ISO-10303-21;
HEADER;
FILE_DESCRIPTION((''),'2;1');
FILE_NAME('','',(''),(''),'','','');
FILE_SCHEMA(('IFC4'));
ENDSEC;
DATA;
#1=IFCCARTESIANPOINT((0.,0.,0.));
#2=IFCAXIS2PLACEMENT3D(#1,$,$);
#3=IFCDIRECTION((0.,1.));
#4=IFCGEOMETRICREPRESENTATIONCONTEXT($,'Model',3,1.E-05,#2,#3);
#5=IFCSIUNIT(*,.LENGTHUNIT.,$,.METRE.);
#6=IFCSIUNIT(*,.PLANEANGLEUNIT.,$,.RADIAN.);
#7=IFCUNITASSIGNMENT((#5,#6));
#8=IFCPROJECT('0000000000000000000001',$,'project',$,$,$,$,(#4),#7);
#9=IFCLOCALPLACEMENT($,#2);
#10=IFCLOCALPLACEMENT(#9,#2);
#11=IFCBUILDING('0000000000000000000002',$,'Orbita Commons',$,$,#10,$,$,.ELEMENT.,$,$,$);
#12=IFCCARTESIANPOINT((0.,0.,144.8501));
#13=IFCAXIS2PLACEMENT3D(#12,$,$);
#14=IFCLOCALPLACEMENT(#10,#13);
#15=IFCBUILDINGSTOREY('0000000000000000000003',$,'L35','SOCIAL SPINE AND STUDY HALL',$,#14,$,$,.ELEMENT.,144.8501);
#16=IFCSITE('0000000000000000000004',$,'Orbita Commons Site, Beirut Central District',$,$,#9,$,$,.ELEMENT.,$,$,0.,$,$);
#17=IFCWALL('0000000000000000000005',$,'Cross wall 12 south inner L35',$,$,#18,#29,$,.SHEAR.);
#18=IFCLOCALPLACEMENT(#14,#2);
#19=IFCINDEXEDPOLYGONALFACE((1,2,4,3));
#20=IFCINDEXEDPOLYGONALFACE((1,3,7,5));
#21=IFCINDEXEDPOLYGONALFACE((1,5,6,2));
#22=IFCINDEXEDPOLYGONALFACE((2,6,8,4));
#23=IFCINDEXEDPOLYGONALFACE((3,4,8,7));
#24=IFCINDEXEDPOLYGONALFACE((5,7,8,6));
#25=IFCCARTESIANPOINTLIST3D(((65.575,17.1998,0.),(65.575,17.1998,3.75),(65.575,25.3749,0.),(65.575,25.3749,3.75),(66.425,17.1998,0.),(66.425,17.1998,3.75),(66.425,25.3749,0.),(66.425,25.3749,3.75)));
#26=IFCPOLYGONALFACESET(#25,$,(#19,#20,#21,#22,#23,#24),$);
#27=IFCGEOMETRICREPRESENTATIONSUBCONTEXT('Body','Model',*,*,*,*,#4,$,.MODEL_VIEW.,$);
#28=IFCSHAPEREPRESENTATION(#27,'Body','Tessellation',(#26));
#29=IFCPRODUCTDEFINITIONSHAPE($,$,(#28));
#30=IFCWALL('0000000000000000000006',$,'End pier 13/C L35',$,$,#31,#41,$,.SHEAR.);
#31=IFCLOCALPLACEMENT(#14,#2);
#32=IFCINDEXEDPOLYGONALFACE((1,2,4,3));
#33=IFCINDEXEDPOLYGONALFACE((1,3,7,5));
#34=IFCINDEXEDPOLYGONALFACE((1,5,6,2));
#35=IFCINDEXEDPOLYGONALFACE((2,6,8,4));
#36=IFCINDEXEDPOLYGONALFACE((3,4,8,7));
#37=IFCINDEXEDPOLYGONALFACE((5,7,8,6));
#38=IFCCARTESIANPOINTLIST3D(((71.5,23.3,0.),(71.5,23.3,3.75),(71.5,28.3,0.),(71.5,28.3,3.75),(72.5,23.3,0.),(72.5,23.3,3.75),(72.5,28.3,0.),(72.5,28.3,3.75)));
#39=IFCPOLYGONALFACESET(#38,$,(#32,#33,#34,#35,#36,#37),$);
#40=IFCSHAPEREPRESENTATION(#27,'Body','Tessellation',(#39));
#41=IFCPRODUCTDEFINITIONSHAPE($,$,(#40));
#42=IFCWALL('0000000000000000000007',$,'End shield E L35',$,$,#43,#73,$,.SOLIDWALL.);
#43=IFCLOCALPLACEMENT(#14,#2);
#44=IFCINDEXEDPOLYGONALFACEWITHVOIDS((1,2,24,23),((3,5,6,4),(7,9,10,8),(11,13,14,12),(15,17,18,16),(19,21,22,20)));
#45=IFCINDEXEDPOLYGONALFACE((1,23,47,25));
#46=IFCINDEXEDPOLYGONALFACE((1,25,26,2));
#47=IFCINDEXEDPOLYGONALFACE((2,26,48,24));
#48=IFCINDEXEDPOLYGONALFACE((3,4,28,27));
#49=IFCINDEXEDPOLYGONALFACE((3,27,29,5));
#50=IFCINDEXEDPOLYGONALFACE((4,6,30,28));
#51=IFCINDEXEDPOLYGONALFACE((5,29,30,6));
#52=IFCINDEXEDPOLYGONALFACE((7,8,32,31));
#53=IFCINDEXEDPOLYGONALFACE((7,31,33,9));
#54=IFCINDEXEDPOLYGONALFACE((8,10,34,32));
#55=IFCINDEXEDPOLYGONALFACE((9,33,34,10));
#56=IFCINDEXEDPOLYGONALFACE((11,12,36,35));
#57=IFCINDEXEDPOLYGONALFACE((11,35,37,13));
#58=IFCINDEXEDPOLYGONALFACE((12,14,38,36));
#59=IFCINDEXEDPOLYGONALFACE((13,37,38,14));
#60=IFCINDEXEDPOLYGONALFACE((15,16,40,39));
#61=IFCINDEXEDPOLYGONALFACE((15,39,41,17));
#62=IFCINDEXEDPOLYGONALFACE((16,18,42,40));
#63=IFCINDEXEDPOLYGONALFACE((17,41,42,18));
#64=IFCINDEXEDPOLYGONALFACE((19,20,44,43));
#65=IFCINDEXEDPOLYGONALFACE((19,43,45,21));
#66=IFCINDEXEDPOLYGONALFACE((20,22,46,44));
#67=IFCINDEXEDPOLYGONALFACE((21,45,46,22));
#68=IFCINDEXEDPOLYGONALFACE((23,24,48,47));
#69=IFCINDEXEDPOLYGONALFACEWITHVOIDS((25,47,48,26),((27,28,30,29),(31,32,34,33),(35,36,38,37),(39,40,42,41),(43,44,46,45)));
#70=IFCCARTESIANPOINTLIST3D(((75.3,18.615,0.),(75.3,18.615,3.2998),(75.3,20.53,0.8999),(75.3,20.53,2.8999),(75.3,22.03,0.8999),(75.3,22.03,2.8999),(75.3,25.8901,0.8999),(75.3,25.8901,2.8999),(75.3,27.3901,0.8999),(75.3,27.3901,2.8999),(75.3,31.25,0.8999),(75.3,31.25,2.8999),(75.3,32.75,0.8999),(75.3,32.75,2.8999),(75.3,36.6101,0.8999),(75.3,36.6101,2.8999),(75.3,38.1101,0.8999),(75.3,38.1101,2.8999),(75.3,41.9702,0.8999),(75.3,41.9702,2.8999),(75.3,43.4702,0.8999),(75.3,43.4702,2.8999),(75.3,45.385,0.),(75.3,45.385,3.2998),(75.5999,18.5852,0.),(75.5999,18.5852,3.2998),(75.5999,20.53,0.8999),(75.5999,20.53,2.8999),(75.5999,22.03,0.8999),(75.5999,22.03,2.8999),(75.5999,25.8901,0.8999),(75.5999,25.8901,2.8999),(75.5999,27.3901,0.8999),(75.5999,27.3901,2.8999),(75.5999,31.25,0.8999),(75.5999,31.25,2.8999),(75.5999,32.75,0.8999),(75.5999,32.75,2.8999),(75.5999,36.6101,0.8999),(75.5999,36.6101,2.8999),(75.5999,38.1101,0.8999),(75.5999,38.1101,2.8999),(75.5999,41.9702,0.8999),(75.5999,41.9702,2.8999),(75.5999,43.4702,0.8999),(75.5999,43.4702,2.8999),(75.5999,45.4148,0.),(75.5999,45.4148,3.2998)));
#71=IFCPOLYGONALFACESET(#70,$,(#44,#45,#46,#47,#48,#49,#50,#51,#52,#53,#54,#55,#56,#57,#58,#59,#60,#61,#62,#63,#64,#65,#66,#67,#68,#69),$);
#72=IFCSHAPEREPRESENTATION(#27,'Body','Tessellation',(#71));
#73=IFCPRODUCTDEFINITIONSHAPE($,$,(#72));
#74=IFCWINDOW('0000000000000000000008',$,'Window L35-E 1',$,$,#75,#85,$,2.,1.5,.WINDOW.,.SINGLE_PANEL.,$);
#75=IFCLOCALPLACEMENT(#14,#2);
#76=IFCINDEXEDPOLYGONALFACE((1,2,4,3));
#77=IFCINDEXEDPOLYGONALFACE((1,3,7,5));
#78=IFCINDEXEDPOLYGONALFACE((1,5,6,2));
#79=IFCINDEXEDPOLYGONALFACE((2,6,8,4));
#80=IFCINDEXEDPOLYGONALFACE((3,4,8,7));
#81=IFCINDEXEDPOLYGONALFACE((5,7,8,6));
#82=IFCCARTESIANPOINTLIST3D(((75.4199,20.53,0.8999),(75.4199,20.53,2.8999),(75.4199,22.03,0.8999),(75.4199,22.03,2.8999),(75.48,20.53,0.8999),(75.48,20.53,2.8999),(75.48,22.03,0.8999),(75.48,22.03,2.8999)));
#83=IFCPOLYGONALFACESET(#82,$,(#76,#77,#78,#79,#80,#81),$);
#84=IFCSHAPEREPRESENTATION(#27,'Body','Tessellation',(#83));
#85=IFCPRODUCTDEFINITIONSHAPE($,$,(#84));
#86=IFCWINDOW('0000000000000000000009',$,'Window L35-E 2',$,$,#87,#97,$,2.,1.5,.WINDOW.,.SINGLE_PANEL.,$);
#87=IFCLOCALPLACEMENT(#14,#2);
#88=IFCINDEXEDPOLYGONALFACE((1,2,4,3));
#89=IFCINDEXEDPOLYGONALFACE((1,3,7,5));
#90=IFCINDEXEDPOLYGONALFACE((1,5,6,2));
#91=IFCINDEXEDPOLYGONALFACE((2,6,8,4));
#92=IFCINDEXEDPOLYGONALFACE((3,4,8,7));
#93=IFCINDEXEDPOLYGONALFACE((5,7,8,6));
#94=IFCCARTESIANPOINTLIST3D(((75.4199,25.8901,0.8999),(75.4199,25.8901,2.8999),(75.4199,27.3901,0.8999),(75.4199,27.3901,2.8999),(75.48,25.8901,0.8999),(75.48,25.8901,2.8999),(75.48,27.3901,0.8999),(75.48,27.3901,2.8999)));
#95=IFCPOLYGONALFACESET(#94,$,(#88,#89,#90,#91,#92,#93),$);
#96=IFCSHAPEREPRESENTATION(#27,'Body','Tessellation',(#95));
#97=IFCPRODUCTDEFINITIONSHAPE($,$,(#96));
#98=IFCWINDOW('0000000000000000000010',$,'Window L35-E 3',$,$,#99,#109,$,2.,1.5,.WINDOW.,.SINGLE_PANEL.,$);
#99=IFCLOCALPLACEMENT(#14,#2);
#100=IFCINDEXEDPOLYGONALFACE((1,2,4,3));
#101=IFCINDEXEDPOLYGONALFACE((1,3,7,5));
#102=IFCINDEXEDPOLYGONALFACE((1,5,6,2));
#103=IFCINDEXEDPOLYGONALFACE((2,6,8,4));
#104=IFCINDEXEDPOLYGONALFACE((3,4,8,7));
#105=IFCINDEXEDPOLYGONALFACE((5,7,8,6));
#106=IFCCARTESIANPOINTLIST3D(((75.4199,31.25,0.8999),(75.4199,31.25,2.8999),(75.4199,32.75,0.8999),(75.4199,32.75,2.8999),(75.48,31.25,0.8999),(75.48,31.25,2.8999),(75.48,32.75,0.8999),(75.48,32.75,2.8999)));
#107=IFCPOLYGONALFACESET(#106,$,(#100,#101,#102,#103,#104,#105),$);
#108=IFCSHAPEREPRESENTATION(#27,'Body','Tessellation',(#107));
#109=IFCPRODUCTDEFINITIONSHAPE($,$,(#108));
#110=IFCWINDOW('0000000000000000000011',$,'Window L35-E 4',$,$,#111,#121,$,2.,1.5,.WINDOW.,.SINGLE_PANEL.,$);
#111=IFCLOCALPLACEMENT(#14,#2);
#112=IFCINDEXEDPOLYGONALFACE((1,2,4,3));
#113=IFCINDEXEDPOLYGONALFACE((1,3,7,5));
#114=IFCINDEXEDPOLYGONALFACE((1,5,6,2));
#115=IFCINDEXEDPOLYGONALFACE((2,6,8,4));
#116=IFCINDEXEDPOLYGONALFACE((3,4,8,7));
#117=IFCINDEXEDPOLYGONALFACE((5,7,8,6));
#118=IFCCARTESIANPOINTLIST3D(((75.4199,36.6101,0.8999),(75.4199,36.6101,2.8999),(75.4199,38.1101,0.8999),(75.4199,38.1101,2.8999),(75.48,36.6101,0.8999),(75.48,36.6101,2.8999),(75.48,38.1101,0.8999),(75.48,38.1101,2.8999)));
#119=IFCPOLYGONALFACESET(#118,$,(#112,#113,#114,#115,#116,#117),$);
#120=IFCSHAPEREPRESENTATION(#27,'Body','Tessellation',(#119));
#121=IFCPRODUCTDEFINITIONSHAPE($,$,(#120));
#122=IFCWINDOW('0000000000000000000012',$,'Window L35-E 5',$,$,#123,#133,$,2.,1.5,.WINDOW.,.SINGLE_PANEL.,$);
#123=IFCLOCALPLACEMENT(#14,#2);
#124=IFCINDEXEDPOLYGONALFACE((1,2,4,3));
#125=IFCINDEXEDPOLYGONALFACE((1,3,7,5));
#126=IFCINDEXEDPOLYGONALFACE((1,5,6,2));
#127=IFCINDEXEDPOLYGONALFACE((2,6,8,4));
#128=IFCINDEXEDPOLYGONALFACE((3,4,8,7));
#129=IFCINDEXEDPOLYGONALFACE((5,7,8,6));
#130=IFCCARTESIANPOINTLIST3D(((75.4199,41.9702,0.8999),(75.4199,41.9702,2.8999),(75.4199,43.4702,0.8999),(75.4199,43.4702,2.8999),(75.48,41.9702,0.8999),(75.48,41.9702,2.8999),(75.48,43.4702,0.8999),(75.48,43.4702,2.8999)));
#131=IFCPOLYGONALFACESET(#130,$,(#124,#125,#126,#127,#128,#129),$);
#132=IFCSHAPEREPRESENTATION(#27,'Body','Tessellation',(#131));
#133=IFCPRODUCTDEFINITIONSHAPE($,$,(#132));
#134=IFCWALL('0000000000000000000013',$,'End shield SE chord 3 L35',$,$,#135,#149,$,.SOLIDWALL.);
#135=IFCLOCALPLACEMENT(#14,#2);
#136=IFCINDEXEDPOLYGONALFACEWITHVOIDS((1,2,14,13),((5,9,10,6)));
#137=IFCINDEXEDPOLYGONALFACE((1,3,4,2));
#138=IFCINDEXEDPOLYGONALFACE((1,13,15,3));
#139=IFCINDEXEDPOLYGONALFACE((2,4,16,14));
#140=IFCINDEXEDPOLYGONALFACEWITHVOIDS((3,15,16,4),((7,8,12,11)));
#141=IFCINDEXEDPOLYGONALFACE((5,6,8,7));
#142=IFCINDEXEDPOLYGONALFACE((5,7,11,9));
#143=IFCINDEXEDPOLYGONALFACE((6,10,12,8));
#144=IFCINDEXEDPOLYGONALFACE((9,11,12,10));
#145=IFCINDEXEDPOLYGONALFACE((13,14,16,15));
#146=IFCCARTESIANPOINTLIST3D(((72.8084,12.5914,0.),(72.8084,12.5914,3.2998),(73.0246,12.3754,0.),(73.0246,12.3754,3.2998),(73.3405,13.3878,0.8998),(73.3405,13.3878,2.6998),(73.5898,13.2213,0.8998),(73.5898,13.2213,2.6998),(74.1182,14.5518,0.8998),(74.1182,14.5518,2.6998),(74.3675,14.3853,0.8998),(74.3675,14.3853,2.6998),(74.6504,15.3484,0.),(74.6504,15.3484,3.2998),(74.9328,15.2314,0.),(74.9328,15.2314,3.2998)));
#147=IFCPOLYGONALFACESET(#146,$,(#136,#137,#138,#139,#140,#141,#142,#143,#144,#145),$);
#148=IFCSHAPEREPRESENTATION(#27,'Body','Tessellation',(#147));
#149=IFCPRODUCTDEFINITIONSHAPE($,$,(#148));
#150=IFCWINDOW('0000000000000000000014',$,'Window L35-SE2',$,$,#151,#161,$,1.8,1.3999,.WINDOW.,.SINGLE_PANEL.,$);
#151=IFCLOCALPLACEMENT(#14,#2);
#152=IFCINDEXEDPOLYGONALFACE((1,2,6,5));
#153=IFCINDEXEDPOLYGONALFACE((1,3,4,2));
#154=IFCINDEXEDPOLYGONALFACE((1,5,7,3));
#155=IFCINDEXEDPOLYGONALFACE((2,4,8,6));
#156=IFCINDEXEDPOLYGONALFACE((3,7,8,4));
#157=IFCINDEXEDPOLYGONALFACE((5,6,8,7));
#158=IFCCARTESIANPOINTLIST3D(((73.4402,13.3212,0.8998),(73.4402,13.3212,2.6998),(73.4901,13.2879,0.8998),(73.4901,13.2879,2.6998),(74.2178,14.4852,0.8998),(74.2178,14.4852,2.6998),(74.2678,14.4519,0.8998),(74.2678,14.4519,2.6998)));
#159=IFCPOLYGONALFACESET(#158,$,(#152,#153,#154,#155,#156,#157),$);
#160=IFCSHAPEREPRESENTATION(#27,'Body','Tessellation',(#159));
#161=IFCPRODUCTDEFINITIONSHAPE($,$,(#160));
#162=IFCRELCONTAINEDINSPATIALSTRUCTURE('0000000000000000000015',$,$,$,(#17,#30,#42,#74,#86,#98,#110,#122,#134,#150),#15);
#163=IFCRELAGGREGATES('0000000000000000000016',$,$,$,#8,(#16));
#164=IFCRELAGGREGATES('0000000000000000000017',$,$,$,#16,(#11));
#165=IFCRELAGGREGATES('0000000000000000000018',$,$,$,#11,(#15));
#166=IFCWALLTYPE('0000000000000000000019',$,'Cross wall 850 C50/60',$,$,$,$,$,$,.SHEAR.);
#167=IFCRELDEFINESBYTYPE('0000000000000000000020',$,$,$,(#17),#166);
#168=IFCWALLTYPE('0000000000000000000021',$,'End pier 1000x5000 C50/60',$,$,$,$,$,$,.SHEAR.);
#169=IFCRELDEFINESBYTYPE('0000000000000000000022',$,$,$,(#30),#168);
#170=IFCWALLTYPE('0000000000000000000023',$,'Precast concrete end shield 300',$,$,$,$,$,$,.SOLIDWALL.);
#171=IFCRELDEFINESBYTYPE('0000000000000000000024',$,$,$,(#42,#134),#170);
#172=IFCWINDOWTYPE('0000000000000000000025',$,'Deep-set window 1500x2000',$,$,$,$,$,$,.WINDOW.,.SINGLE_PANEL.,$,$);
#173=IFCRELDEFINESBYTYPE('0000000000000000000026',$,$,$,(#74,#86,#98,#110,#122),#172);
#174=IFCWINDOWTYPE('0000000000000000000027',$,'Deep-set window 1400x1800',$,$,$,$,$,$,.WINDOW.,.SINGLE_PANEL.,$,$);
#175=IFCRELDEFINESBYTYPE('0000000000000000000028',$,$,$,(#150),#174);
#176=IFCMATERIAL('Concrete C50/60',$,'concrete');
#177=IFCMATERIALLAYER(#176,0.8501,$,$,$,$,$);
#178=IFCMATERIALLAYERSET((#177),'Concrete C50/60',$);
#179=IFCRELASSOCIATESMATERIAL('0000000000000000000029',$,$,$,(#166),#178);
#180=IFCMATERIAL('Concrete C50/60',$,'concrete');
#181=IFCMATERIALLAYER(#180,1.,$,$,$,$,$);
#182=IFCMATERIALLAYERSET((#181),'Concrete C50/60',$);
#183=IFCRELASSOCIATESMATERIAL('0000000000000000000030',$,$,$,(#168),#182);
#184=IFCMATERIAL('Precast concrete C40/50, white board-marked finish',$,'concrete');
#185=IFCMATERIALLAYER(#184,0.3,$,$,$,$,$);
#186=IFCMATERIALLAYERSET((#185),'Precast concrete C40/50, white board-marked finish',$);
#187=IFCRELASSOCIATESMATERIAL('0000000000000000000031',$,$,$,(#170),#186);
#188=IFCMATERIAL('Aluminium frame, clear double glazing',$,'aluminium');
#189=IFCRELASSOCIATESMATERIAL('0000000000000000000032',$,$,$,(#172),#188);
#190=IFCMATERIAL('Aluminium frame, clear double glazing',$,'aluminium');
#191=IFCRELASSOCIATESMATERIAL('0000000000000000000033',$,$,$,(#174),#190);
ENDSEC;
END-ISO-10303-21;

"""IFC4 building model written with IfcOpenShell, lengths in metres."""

from ifc_helpers import new_model, si_unit, direction, frame, frame_2d, origin, place, context, subcontext, project, spatial, polyline, rectangle, outline, extrude, material, layer, layer_set, type_object, element, fill, save


model = new_model("IFC4")

# Units and contexts
model_context = context("Model", 3, precision=1e-05, world=origin(), true_north=direction((0.0, 1.0)))
body_context = subcontext(model_context, "Body", "Model", "MODEL_VIEW")
ifc_project = project(units=[si_unit("LENGTHUNIT", "METRE"), si_unit("PLANEANGLEUNIT", "RADIAN")], contexts=[model_context])

# Site, building, storey
site_placement = place(None, origin())
site = spatial("IfcSite", under=ifc_project, at=site_placement, Name="Orbita Commons Site, Beirut Central District", CompositionType="ELEMENT", RefElevation=0.0)
building_placement = place(site_placement, origin())
building = spatial("IfcBuilding", under=site, at=building_placement, Name="Orbita Commons", CompositionType="ELEMENT")
storey_placement = place(building_placement, frame((0.0, 0.0, 144.8501)))
storey = spatial("IfcBuildingStorey", under=building, at=storey_placement, Name="L35", Description="SOCIAL SPINE AND STUDY HALL", CompositionType="ELEMENT", Elevation=144.8501)

# Walls
ifc_material_1 = material(Name="Concrete C50/60", Category="concrete")
ifc_layer_1 = layer(ifc_material_1, 0.8501)
ifc_layer_set_1 = layer_set([ifc_layer_1], Name="Concrete C50/60")
wall_type_1 = type_object("IfcWallType", Name="Cross wall 850 C50/60", PredefinedType="SHEAR", material=ifc_layer_set_1)
wall_1_placement = place(storey_placement, frame((66.0, 17.2, 0.0), z_axis=(0.0, 0.0, 1.0), x_axis=(0.0, 1.0, 0.0)))
element("IfcWall", 1, at=wall_1_placement, inside=storey, type_object=wall_type_1, Name="Cross wall 12 south inner L35", PredefinedType="SHEAR", context=body_context, shape_type="SweptSolid", body=[
    extrude(rectangle(XDim=8.175, YDim=0.8501, at=frame_2d((4.0874, 0.0))), origin(), (0.0, 0.0, 1.0), 3.75),
])
ifc_material_2 = material(Name="Concrete C50/60", Category="concrete")
ifc_layer_2 = layer(ifc_material_2, 1.0)
ifc_layer_set_2 = layer_set([ifc_layer_2], Name="Concrete C50/60")
wall_type_2 = type_object("IfcWallType", Name="End pier 1000x5000 C50/60", PredefinedType="SHEAR", material=ifc_layer_set_2)
wall_2_placement = place(storey_placement, frame((72.0, 23.3, 0.0), z_axis=(0.0, 0.0, 1.0), x_axis=(0.0, 1.0, 0.0)))
element("IfcWall", 2, at=wall_2_placement, inside=storey, type_object=wall_type_2, Name="End pier 13/C L35", PredefinedType="SHEAR", context=body_context, shape_type="SweptSolid", body=[
    extrude(rectangle(XDim=5.0, YDim=1.0, at=frame_2d((2.5, 0.0))), origin(), (0.0, 0.0, 1.0), 3.75),
])

# Wall, openings, windows
ifc_material_3 = material(Name="Precast concrete C40/50, white board-marked finish", Category="concrete")
ifc_layer_3 = layer(ifc_material_3, 0.3)
ifc_layer_set_3 = layer_set([ifc_layer_3], Name="Precast concrete C40/50, white board-marked finish")
wall_type_3 = type_object("IfcWallType", Name="Precast concrete end shield 300", PredefinedType="SOLIDWALL", material=ifc_layer_set_3)
wall_3_placement = place(storey_placement, frame((75.45, 18.6001, 0.0), z_axis=(0.0, 0.0, 1.0), x_axis=(0.0, 1.0, 0.0)))
wall_3 = element("IfcWall", 3, at=wall_3_placement, inside=storey, type_object=wall_type_3, Name="End shield E L35", PredefinedType="SOLIDWALL", context=body_context, shape_type="SweptSolid", body=[
    extrude(outline(polyline([(-0.0149, -0.1499), (26.8147, -0.1499), (26.7849, 0.1499), (0.0149, 0.1499), (-0.0149, -0.1499)])), origin(), (0.0, 0.0, 1.0), 3.2998),
])
opening_1_placement = place(wall_3_placement, frame((1.9299, 0.0, 0.8999)))
opening_1 = element("IfcOpeningElement", 4, at=opening_1_placement, cuts=wall_3, PredefinedType="OPENING", context=body_context, shape_type="SweptSolid", body=[
    extrude(rectangle(XDim=1.5, YDim=2.0, at=frame_2d((0.75, 1.0))), frame((0.0, 0.1599, 0.0), z_axis=(0.0, -1.0, 0.0), x_axis=(1.0, 0.0, 0.0)), (0.0, 0.0, 1.0), 0.3201),
])
opening_2_placement = place(wall_3_placement, frame((7.29, 0.0, 0.8999)))
opening_2 = element("IfcOpeningElement", 5, at=opening_2_placement, cuts=wall_3, PredefinedType="OPENING", context=body_context, shape_type="SweptSolid", body=[
    extrude(rectangle(XDim=1.5, YDim=2.0, at=frame_2d((0.75, 1.0))), frame((0.0, 0.1599, 0.0), z_axis=(0.0, -1.0, 0.0), x_axis=(1.0, 0.0, 0.0)), (0.0, 0.0, 1.0), 0.3201),
])
opening_3_placement = place(wall_3_placement, frame((12.6499, 0.0, 0.8999)))
opening_3 = element("IfcOpeningElement", 6, at=opening_3_placement, cuts=wall_3, PredefinedType="OPENING", context=body_context, shape_type="SweptSolid", body=[
    extrude(rectangle(XDim=1.5, YDim=2.0, at=frame_2d((0.75, 1.0))), frame((0.0, 0.1599, 0.0), z_axis=(0.0, -1.0, 0.0), x_axis=(1.0, 0.0, 0.0)), (0.0, 0.0, 1.0), 0.3201),
])
opening_4_placement = place(wall_3_placement, frame((18.01, 0.0, 0.8999)))
opening_4 = element("IfcOpeningElement", 7, at=opening_4_placement, cuts=wall_3, PredefinedType="OPENING", context=body_context, shape_type="SweptSolid", body=[
    extrude(rectangle(XDim=1.5, YDim=2.0, at=frame_2d((0.75, 1.0))), frame((0.0, 0.1599, 0.0), z_axis=(0.0, -1.0, 0.0), x_axis=(1.0, 0.0, 0.0)), (0.0, 0.0, 1.0), 0.3201),
])
opening_5_placement = place(wall_3_placement, frame((23.3701, 0.0, 0.8999)))
opening_5 = element("IfcOpeningElement", 8, at=opening_5_placement, cuts=wall_3, PredefinedType="OPENING", context=body_context, shape_type="SweptSolid", body=[
    extrude(rectangle(XDim=1.5, YDim=2.0, at=frame_2d((0.75, 1.0))), frame((0.0, 0.1599, 0.0), z_axis=(0.0, -1.0, 0.0), x_axis=(1.0, 0.0, 0.0)), (0.0, 0.0, 1.0), 0.3201),
])
ifc_material_4 = material(Name="Aluminium frame, clear double glazing", Category="aluminium")
window_type_1 = type_object("IfcWindowType", Name="Deep-set window 1500x2000", PartitioningType="SINGLE_PANEL", PredefinedType="WINDOW", material=ifc_material_4)
window_1_placement = place(opening_1_placement, origin())
window_1 = element("IfcWindow", 9, at=window_1_placement, inside=storey, type_object=window_type_1, Name="Window L35-E 1", OverallHeight=2.0, OverallWidth=1.5, PartitioningType="SINGLE_PANEL", PredefinedType="WINDOW", context=body_context, shape_type="SweptSolid", body=[
    extrude(rectangle(XDim=1.5, YDim=2.0, at=frame_2d((0.75, 1.0))), frame((0.0, 0.03, 0.0), z_axis=(0.0, -1.0, 0.0), x_axis=(1.0, 0.0, 0.0)), (0.0, 0.0, 1.0), 0.0601),
])
fill(opening_1, window_1)
window_2_placement = place(opening_2_placement, origin())
window_2 = element("IfcWindow", 10, at=window_2_placement, inside=storey, type_object=window_type_1, Name="Window L35-E 2", OverallHeight=2.0, OverallWidth=1.5, PartitioningType="SINGLE_PANEL", PredefinedType="WINDOW", context=body_context, shape_type="SweptSolid", body=[
    extrude(rectangle(XDim=1.5, YDim=2.0, at=frame_2d((0.75, 1.0))), frame((0.0, 0.03, 0.0), z_axis=(0.0, -1.0, 0.0), x_axis=(1.0, 0.0, 0.0)), (0.0, 0.0, 1.0), 0.0601),
])
fill(opening_2, window_2)
window_3_placement = place(opening_3_placement, origin())
window_3 = element("IfcWindow", 11, at=window_3_placement, inside=storey, type_object=window_type_1, Name="Window L35-E 3", OverallHeight=2.0, OverallWidth=1.5, PartitioningType="SINGLE_PANEL", PredefinedType="WINDOW", context=body_context, shape_type="SweptSolid", body=[
    extrude(rectangle(XDim=1.5, YDim=2.0, at=frame_2d((0.75, 1.0))), frame((0.0, 0.03, 0.0), z_axis=(0.0, -1.0, 0.0), x_axis=(1.0, 0.0, 0.0)), (0.0, 0.0, 1.0), 0.0601),
])
fill(opening_3, window_3)
window_4_placement = place(opening_4_placement, origin())
window_4 = element("IfcWindow", 12, at=window_4_placement, inside=storey, type_object=window_type_1, Name="Window L35-E 4", OverallHeight=2.0, OverallWidth=1.5, PartitioningType="SINGLE_PANEL", PredefinedType="WINDOW", context=body_context, shape_type="SweptSolid", body=[
    extrude(rectangle(XDim=1.5, YDim=2.0, at=frame_2d((0.75, 1.0))), frame((0.0, 0.03, 0.0), z_axis=(0.0, -1.0, 0.0), x_axis=(1.0, 0.0, 0.0)), (0.0, 0.0, 1.0), 0.0601),
])
fill(opening_4, window_4)
window_5_placement = place(opening_5_placement, origin())
window_5 = element("IfcWindow", 13, at=window_5_placement, inside=storey, type_object=window_type_1, Name="Window L35-E 5", OverallHeight=2.0, OverallWidth=1.5, PartitioningType="SINGLE_PANEL", PredefinedType="WINDOW", context=body_context, shape_type="SweptSolid", body=[
    extrude(rectangle(XDim=1.5, YDim=2.0, at=frame_2d((0.75, 1.0))), frame((0.0, 0.03, 0.0), z_axis=(0.0, -1.0, 0.0), x_axis=(1.0, 0.0, 0.0)), (0.0, 0.0, 1.0), 0.0601),
])
fill(opening_5, window_5)

# Wall, opening, window
wall_4_placement = place(storey_placement, frame((72.9165, 12.4834, 0.0), z_axis=(0.0, 0.0, 1.0), x_axis=(0.555535, 0.831493, 0.0)))
wall_4 = element("IfcWall", 14, at=wall_4_placement, inside=storey, type_object=wall_type_3, Name="End shield SE chord 3 L35", PredefinedType="SOLIDWALL", context=body_context, shape_type="SweptSolid", body=[
    extrude(outline(polyline([(-0.0298, -0.1499), (3.405, -0.1499), (3.3455, 0.1499), (0.0298, 0.1499), (-0.0298, -0.1499)])), origin(), (0.0, 0.0, 1.0), 3.2998),
])
opening_6_placement = place(wall_4_placement, frame((0.9875, 0.0, 0.8999)))
opening_6 = element("IfcOpeningElement", 15, at=opening_6_placement, cuts=wall_4, PredefinedType="OPENING", context=body_context, shape_type="SweptSolid", body=[
    extrude(rectangle(XDim=1.3999, YDim=1.8, at=frame_2d((0.7, 0.8999))), frame((0.0, 0.1599, 0.0), z_axis=(0.0, -1.0, 0.0), x_axis=(1.0, 0.0, 0.0)), (0.0, 0.0, 1.0), 0.3201),
])
ifc_material_5 = material(Name="Aluminium frame, clear double glazing", Category="aluminium")
window_type_2 = type_object("IfcWindowType", Name="Deep-set window 1400x1800", PartitioningType="SINGLE_PANEL", PredefinedType="WINDOW", material=ifc_material_5)
window_6_placement = place(opening_6_placement, origin())
window_6 = element("IfcWindow", 16, at=window_6_placement, inside=storey, type_object=window_type_2, Name="Window L35-SE2", OverallHeight=1.8, OverallWidth=1.3999, PartitioningType="SINGLE_PANEL", PredefinedType="WINDOW", context=body_context, shape_type="SweptSolid", body=[
    extrude(rectangle(XDim=1.3999, YDim=1.8, at=frame_2d((0.7, 0.8999))), frame((0.0, 0.03, 0.0), z_axis=(0.0, -1.0, 0.0), x_axis=(1.0, 0.0, 0.0)), (0.0, 0.0, 1.0), 0.0601),
])
fill(opening_6, window_6)

save(model, "model.ifc")
